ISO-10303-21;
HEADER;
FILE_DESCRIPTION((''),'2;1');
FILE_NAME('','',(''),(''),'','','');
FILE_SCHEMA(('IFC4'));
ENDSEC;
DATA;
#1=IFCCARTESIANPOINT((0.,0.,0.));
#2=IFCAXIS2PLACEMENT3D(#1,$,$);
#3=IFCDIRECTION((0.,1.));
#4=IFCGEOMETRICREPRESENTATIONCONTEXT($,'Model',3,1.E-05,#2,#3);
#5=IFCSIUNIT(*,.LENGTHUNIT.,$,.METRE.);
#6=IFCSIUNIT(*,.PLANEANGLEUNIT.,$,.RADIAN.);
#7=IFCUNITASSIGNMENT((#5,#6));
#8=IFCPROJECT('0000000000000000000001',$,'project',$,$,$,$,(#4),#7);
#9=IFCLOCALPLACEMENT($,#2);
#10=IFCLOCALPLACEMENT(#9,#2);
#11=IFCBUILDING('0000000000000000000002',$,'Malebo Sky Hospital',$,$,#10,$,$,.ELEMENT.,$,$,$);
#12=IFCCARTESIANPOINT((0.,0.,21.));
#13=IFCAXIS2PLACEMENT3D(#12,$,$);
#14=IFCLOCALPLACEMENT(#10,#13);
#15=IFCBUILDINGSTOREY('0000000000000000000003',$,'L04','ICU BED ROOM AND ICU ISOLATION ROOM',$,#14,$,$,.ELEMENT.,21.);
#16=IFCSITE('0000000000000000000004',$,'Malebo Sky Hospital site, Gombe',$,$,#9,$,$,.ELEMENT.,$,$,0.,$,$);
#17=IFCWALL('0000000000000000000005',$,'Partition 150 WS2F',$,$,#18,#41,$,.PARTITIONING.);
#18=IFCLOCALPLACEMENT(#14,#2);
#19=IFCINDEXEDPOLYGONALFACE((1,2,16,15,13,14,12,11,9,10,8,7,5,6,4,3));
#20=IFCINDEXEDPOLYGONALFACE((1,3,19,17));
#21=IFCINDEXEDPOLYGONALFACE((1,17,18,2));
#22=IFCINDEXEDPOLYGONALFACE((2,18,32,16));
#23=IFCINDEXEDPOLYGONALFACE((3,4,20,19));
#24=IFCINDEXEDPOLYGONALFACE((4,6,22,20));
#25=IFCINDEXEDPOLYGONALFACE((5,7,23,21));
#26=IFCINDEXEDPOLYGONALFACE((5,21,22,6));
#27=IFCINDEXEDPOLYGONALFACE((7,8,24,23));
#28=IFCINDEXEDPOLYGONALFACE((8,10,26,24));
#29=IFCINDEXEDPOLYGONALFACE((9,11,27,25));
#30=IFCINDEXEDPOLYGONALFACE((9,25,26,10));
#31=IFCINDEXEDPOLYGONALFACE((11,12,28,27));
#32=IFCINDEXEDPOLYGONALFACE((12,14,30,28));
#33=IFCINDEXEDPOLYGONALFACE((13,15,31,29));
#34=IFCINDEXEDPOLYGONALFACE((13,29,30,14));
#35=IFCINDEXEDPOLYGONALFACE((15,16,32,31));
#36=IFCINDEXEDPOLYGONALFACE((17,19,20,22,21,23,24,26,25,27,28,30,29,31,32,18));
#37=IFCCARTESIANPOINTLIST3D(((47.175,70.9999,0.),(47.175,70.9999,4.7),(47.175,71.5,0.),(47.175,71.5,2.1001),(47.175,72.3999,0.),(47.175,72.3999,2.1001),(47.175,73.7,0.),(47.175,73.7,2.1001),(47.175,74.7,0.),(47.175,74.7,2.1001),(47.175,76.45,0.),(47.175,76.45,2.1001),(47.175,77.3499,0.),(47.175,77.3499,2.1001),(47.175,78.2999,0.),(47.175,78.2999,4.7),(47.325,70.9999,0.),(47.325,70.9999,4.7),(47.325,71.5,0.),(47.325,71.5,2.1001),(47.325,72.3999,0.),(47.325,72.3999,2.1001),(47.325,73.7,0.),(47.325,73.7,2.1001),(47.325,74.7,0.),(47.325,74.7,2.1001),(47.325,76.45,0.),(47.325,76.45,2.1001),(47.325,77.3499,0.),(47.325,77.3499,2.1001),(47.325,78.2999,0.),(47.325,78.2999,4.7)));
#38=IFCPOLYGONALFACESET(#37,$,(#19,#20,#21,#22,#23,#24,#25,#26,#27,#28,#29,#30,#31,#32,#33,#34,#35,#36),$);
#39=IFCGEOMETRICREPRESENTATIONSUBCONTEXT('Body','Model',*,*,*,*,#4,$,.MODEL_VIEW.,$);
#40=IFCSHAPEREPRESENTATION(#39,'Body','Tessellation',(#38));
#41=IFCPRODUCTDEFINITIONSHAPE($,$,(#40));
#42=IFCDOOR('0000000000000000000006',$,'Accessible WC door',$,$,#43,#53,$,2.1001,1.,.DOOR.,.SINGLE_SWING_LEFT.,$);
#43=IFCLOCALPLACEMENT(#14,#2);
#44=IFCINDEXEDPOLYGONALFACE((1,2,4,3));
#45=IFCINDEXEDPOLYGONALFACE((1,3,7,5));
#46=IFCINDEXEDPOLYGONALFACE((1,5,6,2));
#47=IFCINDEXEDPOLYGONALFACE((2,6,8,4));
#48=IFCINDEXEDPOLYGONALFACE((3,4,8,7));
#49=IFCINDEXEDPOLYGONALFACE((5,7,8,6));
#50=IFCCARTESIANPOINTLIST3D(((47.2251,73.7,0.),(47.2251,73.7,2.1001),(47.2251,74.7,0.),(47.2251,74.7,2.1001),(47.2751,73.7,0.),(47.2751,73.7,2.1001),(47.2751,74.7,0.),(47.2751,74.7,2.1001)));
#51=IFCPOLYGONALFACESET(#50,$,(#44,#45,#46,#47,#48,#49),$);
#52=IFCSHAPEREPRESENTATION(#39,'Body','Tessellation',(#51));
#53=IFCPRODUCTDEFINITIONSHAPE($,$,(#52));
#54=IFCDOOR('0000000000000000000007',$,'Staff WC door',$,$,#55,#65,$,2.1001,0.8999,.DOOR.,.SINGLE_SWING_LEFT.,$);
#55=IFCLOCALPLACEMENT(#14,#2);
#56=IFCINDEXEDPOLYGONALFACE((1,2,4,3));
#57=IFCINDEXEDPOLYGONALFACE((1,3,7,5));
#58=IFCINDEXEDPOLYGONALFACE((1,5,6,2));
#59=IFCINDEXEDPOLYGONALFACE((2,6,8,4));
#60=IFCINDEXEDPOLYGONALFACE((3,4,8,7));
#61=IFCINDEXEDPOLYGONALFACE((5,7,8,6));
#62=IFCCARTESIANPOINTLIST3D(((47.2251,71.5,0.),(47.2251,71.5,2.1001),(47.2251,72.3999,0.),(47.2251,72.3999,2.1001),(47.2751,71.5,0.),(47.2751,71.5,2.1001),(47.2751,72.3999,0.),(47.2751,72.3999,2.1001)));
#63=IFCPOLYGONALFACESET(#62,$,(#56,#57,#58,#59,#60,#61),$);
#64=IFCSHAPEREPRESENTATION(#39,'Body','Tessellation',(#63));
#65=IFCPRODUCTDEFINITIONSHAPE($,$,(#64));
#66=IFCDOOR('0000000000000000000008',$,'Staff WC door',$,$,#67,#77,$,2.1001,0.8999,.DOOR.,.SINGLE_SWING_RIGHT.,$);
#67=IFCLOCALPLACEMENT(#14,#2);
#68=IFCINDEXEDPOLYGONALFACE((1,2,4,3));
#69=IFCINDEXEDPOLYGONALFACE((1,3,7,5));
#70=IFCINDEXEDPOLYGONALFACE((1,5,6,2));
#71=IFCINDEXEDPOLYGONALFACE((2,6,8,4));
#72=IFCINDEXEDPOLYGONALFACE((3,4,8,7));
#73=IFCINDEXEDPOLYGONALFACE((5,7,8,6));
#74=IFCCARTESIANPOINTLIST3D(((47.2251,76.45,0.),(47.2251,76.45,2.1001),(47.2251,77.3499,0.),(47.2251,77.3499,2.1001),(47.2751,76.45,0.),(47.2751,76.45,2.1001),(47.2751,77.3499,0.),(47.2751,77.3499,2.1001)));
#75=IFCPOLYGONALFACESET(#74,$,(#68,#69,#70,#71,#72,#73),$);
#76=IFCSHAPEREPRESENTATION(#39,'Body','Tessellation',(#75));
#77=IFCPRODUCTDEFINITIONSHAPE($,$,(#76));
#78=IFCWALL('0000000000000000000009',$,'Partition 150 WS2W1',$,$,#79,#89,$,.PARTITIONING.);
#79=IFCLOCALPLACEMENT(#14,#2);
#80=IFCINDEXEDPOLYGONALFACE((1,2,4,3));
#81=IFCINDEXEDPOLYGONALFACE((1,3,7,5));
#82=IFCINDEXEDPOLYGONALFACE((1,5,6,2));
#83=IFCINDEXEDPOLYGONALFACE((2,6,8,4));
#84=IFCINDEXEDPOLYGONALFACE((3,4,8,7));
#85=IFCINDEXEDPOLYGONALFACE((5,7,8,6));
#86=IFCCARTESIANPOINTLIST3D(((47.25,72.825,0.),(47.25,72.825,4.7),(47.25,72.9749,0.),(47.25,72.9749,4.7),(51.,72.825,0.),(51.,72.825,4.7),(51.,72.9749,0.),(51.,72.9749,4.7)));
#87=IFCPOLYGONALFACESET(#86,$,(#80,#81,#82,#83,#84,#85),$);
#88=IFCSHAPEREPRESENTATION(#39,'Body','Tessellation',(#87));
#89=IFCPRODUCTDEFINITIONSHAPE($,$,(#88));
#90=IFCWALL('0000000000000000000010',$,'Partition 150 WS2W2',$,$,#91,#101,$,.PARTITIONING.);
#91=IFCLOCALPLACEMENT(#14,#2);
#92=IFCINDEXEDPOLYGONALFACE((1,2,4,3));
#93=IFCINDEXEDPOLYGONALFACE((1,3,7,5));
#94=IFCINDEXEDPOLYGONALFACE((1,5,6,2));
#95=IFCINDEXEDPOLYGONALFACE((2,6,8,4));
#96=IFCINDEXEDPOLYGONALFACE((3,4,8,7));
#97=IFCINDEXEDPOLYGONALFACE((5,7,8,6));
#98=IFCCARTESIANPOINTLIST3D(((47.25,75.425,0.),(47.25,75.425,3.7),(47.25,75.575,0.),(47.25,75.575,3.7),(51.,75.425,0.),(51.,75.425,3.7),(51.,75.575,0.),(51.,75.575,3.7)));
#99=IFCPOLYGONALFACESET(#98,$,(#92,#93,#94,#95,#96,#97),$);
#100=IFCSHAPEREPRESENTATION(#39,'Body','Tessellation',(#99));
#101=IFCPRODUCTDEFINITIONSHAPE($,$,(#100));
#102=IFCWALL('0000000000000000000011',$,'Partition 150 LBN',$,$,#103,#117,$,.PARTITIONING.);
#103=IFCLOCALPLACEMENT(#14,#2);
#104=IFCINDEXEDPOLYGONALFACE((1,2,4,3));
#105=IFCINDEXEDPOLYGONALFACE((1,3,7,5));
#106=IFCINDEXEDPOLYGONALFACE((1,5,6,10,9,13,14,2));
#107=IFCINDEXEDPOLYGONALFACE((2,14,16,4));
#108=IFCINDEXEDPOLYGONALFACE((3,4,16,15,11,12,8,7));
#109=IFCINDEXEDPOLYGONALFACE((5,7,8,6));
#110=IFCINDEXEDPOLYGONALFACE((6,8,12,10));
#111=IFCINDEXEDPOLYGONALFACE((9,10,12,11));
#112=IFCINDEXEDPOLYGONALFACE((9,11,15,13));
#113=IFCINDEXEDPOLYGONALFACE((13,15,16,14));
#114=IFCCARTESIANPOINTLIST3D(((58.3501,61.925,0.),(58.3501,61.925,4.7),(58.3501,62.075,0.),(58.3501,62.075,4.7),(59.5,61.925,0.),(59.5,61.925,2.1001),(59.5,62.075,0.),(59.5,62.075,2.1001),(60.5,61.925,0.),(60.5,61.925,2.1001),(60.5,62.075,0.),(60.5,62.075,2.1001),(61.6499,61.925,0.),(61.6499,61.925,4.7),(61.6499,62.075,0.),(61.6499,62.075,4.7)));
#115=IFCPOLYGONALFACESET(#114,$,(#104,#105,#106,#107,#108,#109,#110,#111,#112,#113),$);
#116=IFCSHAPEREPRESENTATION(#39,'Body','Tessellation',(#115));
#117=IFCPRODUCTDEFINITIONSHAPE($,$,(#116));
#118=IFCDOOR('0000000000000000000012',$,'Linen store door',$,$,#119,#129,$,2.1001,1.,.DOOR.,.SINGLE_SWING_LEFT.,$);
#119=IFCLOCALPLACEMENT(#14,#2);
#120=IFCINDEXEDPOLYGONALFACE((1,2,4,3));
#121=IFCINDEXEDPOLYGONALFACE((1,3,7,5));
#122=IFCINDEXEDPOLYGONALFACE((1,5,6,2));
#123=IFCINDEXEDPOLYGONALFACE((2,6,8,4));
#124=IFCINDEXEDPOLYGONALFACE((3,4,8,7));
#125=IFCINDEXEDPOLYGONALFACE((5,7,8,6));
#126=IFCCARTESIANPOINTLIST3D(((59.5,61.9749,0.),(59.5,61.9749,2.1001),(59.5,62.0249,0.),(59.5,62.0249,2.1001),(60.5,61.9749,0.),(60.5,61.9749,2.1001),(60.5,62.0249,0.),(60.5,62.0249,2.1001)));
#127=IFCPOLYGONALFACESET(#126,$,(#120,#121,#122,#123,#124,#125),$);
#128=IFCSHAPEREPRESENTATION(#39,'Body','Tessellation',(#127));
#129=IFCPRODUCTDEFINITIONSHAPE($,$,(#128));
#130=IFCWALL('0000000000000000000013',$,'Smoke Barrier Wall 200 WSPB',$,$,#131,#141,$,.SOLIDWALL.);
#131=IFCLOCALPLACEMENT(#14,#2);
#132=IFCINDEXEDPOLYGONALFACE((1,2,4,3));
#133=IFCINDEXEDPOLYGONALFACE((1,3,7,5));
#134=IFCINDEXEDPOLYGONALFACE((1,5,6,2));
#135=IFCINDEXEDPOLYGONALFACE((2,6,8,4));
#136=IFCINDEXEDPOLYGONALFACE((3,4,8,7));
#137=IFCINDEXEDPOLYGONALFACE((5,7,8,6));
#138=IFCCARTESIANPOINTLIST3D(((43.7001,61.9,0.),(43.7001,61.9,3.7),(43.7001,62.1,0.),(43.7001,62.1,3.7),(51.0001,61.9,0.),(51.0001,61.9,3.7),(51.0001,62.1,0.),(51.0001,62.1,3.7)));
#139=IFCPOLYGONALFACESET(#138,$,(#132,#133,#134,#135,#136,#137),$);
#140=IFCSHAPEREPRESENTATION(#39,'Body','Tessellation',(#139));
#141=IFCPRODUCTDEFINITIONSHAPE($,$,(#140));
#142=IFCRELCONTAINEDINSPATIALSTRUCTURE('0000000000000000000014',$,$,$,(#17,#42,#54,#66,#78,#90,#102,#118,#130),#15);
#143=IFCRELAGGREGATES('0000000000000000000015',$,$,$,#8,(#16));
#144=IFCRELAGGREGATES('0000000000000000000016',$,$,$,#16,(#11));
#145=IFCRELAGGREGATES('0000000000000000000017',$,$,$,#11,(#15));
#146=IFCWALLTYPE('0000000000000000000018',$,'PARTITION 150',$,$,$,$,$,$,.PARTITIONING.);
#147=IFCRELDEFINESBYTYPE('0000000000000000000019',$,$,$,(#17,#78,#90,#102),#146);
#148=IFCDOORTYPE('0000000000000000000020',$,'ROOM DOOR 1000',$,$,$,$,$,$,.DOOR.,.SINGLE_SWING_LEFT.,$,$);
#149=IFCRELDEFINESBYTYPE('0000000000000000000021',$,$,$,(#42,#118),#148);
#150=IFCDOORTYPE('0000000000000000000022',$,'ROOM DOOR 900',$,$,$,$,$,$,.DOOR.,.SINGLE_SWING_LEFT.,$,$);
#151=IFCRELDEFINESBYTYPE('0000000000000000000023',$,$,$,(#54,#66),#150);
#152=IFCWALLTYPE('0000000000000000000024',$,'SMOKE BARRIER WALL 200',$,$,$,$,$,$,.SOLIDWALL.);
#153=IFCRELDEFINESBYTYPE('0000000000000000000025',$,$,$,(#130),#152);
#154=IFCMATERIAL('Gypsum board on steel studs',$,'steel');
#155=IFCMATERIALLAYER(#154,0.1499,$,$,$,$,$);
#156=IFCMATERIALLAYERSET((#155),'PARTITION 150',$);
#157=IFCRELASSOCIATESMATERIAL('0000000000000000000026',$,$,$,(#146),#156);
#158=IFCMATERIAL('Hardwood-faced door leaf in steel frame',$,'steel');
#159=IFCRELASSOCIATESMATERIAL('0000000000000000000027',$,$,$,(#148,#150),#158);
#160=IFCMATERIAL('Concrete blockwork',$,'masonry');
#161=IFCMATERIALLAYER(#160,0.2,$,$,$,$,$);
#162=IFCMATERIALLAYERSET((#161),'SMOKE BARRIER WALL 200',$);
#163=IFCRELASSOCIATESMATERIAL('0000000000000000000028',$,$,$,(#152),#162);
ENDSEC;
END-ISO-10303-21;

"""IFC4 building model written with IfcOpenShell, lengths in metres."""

from ifc_helpers import new_model, si_unit, direction, frame, frame_2d, origin, place, context, subcontext, project, spatial, rectangle, extrude, material, layer, layer_set, type_object, element, fill, save


model = new_model("IFC4")

# Units and contexts
model_context = context("Model", 3, precision=1e-05, world=origin(), true_north=direction((0.0, 1.0)))
body_context = subcontext(model_context, "Body", "Model", "MODEL_VIEW")
ifc_project = project(units=[si_unit("LENGTHUNIT", "METRE"), si_unit("PLANEANGLEUNIT", "RADIAN")], contexts=[model_context])

# Site, building, storey
site_placement = place(None, origin())
site = spatial("IfcSite", under=ifc_project, at=site_placement, Name="Malebo Sky Hospital site, Gombe", CompositionType="ELEMENT", RefElevation=0.0)
building_placement = place(site_placement, origin())
building = spatial("IfcBuilding", under=site, at=building_placement, Name="Malebo Sky Hospital", CompositionType="ELEMENT")
storey_placement = place(building_placement, frame((0.0, 0.0, 21.0)))
storey = spatial("IfcBuildingStorey", under=building, at=storey_placement, Name="L04", Description="ICU BED ROOM AND ICU ISOLATION ROOM", CompositionType="ELEMENT", Elevation=21.0)

# Shared definitions
ifc_material_1 = material(Name="Hardwood-faced door leaf in steel frame", Category="steel")

# Shared definitions
ifc_material_2 = material(Name="Gypsum board on steel studs", Category="steel")
ifc_layer_1 = layer(ifc_material_2, 0.1499)
ifc_layer_set_1 = layer_set([ifc_layer_1], Name="PARTITION 150")
wall_type_1 = type_object("IfcWallType", Name="PARTITION 150", PredefinedType="PARTITIONING", material=ifc_layer_set_1)

# Wall, openings, doors
wall_1_placement = place(storey_placement, frame((47.25, 71.0, 0.0), z_axis=(0.0, 0.0, 1.0), x_axis=(0.0, 1.0, 0.0)))
wall_1 = element("IfcWall", 1, at=wall_1_placement, inside=storey, type_object=wall_type_1, Name="Partition 150 WS2F", PredefinedType="PARTITIONING", context=body_context, shape_type="SweptSolid", body=[
    extrude(rectangle(XDim=7.3, YDim=0.1499, at=frame_2d((3.6499, 0.0))), origin(), (0.0, 0.0, 1.0), 4.7),
])
opening_1_placement = place(wall_1_placement, frame((0.5, 0.0, 0.0)))
opening_1 = element("IfcOpeningElement", 2, at=opening_1_placement, cuts=wall_1, PredefinedType="OPENING", context=body_context, shape_type="SweptSolid", body=[
    extrude(rectangle(XDim=0.8999, YDim=2.1001, at=frame_2d((0.45, 1.05))), frame((0.0, 0.085, 0.0), z_axis=(0.0, -1.0, 0.0), x_axis=(1.0, 0.0, 0.0)), (0.0, 0.0, 1.0), 0.1699),
])
opening_2_placement = place(wall_1_placement, frame((2.7, 0.0, 0.0)))
opening_2 = element("IfcOpeningElement", 3, at=opening_2_placement, cuts=wall_1, PredefinedType="OPENING", context=body_context, shape_type="SweptSolid", body=[
    extrude(rectangle(XDim=1.0, YDim=2.1001, at=frame_2d((0.5, 1.05))), frame((0.0, 0.085, 0.0), z_axis=(0.0, -1.0, 0.0), x_axis=(1.0, 0.0, 0.0)), (0.0, 0.0, 1.0), 0.1699),
])
opening_3_placement = place(wall_1_placement, frame((5.45, 0.0, 0.0)))
opening_3 = element("IfcOpeningElement", 4, at=opening_3_placement, cuts=wall_1, PredefinedType="OPENING", context=body_context, shape_type="SweptSolid", body=[
    extrude(rectangle(XDim=0.8999, YDim=2.1001, at=frame_2d((0.45, 1.05))), frame((0.0, 0.085, 0.0), z_axis=(0.0, -1.0, 0.0), x_axis=(1.0, 0.0, 0.0)), (0.0, 0.0, 1.0), 0.1699),
])
door_type_1 = type_object("IfcDoorType", Name="ROOM DOOR 1000", OperationType="SINGLE_SWING_LEFT", PredefinedType="DOOR", material=ifc_material_1)
door_1_placement = place(opening_2_placement, origin())
door_1 = element("IfcDoor", 5, at=door_1_placement, inside=storey, type_object=door_type_1, Name="Accessible WC door", OperationType="SINGLE_SWING_LEFT", OverallHeight=2.1001, OverallWidth=1.0, PredefinedType="DOOR", context=body_context, shape_type="SweptSolid", body=[
    extrude(rectangle(XDim=1.0, YDim=2.1001, at=frame_2d((0.5, 1.05))), frame((0.0, 0.0249, 0.0), z_axis=(0.0, -1.0, 0.0), x_axis=(1.0, 0.0, 0.0)), (0.0, 0.0, 1.0), 0.05),
])
fill(opening_2, door_1)
door_type_2 = type_object("IfcDoorType", Name="ROOM DOOR 900", OperationType="SINGLE_SWING_LEFT", PredefinedType="DOOR", material=ifc_material_1)
door_2_placement = place(opening_1_placement, origin())
door_2 = element("IfcDoor", 6, at=door_2_placement, inside=storey, type_object=door_type_2, Name="Staff WC door", OperationType="SINGLE_SWING_LEFT", OverallHeight=2.1001, OverallWidth=0.8999, PredefinedType="DOOR", context=body_context, shape_type="SweptSolid", body=[
    extrude(rectangle(XDim=0.8999, YDim=2.1001, at=frame_2d((0.45, 1.05))), frame((0.0, 0.0249, 0.0), z_axis=(0.0, -1.0, 0.0), x_axis=(1.0, 0.0, 0.0)), (0.0, 0.0, 1.0), 0.05),
])
fill(opening_1, door_2)
door_3_placement = place(opening_3_placement, origin())
door_3 = element("IfcDoor", 7, at=door_3_placement, inside=storey, type_object=door_type_2, Name="Staff WC door", OperationType="SINGLE_SWING_RIGHT", OverallHeight=2.1001, OverallWidth=0.8999, PredefinedType="DOOR", context=body_context, shape_type="SweptSolid", body=[
    extrude(rectangle(XDim=0.8999, YDim=2.1001, at=frame_2d((0.45, 1.05))), frame((0.0, 0.0249, 0.0), z_axis=(0.0, -1.0, 0.0), x_axis=(1.0, 0.0, 0.0)), (0.0, 0.0, 1.0), 0.05),
])
fill(opening_3, door_3)

# Walls
wall_2_placement = place(storey_placement, frame((51.0, 72.8999, 0.0), z_axis=(0.0, 0.0, 1.0), x_axis=(-1.0, 0.0, 0.0)))
element("IfcWall", 8, at=wall_2_placement, inside=storey, type_object=wall_type_1, Name="Partition 150 WS2W1", PredefinedType="PARTITIONING", context=body_context, shape_type="SweptSolid", body=[
    extrude(rectangle(XDim=3.75, YDim=0.1499, at=frame_2d((1.875, 0.0))), origin(), (0.0, 0.0, 1.0), 4.7),
])
wall_3_placement = place(storey_placement, frame((51.0, 75.5, 0.0), z_axis=(0.0, 0.0, 1.0), x_axis=(-1.0, 0.0, 0.0)))
element("IfcWall", 9, at=wall_3_placement, inside=storey, type_object=wall_type_1, Name="Partition 150 WS2W2", PredefinedType="PARTITIONING", context=body_context, shape_type="SweptSolid", body=[
    extrude(rectangle(XDim=3.75, YDim=0.1499, at=frame_2d((1.875, 0.0))), origin(), (0.0, 0.0, 1.0), 3.7),
])

# Wall, opening, door
wall_4_placement = place(storey_placement, frame((58.3501, 62.0, 0.0), z_axis=(0.0, 0.0, 1.0), x_axis=(1.0, 0.0, 0.0)))
wall_4 = element("IfcWall", 10, at=wall_4_placement, inside=storey, type_object=wall_type_1, Name="Partition 150 LBN", PredefinedType="PARTITIONING", context=body_context, shape_type="SweptSolid", body=[
    extrude(rectangle(XDim=3.2998, YDim=0.1499, at=frame_2d((1.6499, 0.0))), origin(), (0.0, 0.0, 1.0), 4.7),
])
opening_4_placement = place(wall_4_placement, frame((1.1499, 0.0, 0.0)))
opening_4 = element("IfcOpeningElement", 11, at=opening_4_placement, cuts=wall_4, PredefinedType="OPENING", context=body_context, shape_type="SweptSolid", body=[
    extrude(rectangle(XDim=1.0, YDim=2.1001, at=frame_2d((0.5, 1.05))), frame((0.0, 0.085, 0.0), z_axis=(0.0, -1.0, 0.0), x_axis=(1.0, 0.0, 0.0)), (0.0, 0.0, 1.0), 0.1699),
])
door_4_placement = place(opening_4_placement, origin())
door_4 = element("IfcDoor", 12, at=door_4_placement, inside=storey, type_object=door_type_1, Name="Linen store door", OperationType="SINGLE_SWING_LEFT", OverallHeight=2.1001, OverallWidth=1.0, PredefinedType="DOOR", context=body_context, shape_type="SweptSolid", body=[
    extrude(rectangle(XDim=1.0, YDim=2.1001, at=frame_2d((0.5, 1.05))), frame((0.0, 0.0249, 0.0), z_axis=(0.0, -1.0, 0.0), x_axis=(1.0, 0.0, 0.0)), (0.0, 0.0, 1.0), 0.05),
])
fill(opening_4, door_4)

# Wall
ifc_material_3 = material(Name="Concrete blockwork", Category="masonry")
ifc_layer_2 = layer(ifc_material_3, 0.2)
ifc_layer_set_2 = layer_set([ifc_layer_2], Name="SMOKE BARRIER WALL 200")
wall_type_2 = type_object("IfcWallType", Name="SMOKE BARRIER WALL 200", PredefinedType="SOLIDWALL", material=ifc_layer_set_2)
wall_5_placement = place(storey_placement, frame((51.0, 62.0, 0.0), z_axis=(0.0, 0.0, 1.0), x_axis=(-1.0, 0.0, 0.0)))
element("IfcWall", 13, at=wall_5_placement, inside=storey, type_object=wall_type_2, Name="Smoke Barrier Wall 200 WSPB", PredefinedType="SOLIDWALL", context=body_context, shape_type="SweptSolid", body=[
    extrude(rectangle(XDim=7.3, YDim=0.2, at=frame_2d((3.6499, 0.0))), origin(), (0.0, 0.0, 1.0), 3.7),
])

save(model, "model.ifc")
